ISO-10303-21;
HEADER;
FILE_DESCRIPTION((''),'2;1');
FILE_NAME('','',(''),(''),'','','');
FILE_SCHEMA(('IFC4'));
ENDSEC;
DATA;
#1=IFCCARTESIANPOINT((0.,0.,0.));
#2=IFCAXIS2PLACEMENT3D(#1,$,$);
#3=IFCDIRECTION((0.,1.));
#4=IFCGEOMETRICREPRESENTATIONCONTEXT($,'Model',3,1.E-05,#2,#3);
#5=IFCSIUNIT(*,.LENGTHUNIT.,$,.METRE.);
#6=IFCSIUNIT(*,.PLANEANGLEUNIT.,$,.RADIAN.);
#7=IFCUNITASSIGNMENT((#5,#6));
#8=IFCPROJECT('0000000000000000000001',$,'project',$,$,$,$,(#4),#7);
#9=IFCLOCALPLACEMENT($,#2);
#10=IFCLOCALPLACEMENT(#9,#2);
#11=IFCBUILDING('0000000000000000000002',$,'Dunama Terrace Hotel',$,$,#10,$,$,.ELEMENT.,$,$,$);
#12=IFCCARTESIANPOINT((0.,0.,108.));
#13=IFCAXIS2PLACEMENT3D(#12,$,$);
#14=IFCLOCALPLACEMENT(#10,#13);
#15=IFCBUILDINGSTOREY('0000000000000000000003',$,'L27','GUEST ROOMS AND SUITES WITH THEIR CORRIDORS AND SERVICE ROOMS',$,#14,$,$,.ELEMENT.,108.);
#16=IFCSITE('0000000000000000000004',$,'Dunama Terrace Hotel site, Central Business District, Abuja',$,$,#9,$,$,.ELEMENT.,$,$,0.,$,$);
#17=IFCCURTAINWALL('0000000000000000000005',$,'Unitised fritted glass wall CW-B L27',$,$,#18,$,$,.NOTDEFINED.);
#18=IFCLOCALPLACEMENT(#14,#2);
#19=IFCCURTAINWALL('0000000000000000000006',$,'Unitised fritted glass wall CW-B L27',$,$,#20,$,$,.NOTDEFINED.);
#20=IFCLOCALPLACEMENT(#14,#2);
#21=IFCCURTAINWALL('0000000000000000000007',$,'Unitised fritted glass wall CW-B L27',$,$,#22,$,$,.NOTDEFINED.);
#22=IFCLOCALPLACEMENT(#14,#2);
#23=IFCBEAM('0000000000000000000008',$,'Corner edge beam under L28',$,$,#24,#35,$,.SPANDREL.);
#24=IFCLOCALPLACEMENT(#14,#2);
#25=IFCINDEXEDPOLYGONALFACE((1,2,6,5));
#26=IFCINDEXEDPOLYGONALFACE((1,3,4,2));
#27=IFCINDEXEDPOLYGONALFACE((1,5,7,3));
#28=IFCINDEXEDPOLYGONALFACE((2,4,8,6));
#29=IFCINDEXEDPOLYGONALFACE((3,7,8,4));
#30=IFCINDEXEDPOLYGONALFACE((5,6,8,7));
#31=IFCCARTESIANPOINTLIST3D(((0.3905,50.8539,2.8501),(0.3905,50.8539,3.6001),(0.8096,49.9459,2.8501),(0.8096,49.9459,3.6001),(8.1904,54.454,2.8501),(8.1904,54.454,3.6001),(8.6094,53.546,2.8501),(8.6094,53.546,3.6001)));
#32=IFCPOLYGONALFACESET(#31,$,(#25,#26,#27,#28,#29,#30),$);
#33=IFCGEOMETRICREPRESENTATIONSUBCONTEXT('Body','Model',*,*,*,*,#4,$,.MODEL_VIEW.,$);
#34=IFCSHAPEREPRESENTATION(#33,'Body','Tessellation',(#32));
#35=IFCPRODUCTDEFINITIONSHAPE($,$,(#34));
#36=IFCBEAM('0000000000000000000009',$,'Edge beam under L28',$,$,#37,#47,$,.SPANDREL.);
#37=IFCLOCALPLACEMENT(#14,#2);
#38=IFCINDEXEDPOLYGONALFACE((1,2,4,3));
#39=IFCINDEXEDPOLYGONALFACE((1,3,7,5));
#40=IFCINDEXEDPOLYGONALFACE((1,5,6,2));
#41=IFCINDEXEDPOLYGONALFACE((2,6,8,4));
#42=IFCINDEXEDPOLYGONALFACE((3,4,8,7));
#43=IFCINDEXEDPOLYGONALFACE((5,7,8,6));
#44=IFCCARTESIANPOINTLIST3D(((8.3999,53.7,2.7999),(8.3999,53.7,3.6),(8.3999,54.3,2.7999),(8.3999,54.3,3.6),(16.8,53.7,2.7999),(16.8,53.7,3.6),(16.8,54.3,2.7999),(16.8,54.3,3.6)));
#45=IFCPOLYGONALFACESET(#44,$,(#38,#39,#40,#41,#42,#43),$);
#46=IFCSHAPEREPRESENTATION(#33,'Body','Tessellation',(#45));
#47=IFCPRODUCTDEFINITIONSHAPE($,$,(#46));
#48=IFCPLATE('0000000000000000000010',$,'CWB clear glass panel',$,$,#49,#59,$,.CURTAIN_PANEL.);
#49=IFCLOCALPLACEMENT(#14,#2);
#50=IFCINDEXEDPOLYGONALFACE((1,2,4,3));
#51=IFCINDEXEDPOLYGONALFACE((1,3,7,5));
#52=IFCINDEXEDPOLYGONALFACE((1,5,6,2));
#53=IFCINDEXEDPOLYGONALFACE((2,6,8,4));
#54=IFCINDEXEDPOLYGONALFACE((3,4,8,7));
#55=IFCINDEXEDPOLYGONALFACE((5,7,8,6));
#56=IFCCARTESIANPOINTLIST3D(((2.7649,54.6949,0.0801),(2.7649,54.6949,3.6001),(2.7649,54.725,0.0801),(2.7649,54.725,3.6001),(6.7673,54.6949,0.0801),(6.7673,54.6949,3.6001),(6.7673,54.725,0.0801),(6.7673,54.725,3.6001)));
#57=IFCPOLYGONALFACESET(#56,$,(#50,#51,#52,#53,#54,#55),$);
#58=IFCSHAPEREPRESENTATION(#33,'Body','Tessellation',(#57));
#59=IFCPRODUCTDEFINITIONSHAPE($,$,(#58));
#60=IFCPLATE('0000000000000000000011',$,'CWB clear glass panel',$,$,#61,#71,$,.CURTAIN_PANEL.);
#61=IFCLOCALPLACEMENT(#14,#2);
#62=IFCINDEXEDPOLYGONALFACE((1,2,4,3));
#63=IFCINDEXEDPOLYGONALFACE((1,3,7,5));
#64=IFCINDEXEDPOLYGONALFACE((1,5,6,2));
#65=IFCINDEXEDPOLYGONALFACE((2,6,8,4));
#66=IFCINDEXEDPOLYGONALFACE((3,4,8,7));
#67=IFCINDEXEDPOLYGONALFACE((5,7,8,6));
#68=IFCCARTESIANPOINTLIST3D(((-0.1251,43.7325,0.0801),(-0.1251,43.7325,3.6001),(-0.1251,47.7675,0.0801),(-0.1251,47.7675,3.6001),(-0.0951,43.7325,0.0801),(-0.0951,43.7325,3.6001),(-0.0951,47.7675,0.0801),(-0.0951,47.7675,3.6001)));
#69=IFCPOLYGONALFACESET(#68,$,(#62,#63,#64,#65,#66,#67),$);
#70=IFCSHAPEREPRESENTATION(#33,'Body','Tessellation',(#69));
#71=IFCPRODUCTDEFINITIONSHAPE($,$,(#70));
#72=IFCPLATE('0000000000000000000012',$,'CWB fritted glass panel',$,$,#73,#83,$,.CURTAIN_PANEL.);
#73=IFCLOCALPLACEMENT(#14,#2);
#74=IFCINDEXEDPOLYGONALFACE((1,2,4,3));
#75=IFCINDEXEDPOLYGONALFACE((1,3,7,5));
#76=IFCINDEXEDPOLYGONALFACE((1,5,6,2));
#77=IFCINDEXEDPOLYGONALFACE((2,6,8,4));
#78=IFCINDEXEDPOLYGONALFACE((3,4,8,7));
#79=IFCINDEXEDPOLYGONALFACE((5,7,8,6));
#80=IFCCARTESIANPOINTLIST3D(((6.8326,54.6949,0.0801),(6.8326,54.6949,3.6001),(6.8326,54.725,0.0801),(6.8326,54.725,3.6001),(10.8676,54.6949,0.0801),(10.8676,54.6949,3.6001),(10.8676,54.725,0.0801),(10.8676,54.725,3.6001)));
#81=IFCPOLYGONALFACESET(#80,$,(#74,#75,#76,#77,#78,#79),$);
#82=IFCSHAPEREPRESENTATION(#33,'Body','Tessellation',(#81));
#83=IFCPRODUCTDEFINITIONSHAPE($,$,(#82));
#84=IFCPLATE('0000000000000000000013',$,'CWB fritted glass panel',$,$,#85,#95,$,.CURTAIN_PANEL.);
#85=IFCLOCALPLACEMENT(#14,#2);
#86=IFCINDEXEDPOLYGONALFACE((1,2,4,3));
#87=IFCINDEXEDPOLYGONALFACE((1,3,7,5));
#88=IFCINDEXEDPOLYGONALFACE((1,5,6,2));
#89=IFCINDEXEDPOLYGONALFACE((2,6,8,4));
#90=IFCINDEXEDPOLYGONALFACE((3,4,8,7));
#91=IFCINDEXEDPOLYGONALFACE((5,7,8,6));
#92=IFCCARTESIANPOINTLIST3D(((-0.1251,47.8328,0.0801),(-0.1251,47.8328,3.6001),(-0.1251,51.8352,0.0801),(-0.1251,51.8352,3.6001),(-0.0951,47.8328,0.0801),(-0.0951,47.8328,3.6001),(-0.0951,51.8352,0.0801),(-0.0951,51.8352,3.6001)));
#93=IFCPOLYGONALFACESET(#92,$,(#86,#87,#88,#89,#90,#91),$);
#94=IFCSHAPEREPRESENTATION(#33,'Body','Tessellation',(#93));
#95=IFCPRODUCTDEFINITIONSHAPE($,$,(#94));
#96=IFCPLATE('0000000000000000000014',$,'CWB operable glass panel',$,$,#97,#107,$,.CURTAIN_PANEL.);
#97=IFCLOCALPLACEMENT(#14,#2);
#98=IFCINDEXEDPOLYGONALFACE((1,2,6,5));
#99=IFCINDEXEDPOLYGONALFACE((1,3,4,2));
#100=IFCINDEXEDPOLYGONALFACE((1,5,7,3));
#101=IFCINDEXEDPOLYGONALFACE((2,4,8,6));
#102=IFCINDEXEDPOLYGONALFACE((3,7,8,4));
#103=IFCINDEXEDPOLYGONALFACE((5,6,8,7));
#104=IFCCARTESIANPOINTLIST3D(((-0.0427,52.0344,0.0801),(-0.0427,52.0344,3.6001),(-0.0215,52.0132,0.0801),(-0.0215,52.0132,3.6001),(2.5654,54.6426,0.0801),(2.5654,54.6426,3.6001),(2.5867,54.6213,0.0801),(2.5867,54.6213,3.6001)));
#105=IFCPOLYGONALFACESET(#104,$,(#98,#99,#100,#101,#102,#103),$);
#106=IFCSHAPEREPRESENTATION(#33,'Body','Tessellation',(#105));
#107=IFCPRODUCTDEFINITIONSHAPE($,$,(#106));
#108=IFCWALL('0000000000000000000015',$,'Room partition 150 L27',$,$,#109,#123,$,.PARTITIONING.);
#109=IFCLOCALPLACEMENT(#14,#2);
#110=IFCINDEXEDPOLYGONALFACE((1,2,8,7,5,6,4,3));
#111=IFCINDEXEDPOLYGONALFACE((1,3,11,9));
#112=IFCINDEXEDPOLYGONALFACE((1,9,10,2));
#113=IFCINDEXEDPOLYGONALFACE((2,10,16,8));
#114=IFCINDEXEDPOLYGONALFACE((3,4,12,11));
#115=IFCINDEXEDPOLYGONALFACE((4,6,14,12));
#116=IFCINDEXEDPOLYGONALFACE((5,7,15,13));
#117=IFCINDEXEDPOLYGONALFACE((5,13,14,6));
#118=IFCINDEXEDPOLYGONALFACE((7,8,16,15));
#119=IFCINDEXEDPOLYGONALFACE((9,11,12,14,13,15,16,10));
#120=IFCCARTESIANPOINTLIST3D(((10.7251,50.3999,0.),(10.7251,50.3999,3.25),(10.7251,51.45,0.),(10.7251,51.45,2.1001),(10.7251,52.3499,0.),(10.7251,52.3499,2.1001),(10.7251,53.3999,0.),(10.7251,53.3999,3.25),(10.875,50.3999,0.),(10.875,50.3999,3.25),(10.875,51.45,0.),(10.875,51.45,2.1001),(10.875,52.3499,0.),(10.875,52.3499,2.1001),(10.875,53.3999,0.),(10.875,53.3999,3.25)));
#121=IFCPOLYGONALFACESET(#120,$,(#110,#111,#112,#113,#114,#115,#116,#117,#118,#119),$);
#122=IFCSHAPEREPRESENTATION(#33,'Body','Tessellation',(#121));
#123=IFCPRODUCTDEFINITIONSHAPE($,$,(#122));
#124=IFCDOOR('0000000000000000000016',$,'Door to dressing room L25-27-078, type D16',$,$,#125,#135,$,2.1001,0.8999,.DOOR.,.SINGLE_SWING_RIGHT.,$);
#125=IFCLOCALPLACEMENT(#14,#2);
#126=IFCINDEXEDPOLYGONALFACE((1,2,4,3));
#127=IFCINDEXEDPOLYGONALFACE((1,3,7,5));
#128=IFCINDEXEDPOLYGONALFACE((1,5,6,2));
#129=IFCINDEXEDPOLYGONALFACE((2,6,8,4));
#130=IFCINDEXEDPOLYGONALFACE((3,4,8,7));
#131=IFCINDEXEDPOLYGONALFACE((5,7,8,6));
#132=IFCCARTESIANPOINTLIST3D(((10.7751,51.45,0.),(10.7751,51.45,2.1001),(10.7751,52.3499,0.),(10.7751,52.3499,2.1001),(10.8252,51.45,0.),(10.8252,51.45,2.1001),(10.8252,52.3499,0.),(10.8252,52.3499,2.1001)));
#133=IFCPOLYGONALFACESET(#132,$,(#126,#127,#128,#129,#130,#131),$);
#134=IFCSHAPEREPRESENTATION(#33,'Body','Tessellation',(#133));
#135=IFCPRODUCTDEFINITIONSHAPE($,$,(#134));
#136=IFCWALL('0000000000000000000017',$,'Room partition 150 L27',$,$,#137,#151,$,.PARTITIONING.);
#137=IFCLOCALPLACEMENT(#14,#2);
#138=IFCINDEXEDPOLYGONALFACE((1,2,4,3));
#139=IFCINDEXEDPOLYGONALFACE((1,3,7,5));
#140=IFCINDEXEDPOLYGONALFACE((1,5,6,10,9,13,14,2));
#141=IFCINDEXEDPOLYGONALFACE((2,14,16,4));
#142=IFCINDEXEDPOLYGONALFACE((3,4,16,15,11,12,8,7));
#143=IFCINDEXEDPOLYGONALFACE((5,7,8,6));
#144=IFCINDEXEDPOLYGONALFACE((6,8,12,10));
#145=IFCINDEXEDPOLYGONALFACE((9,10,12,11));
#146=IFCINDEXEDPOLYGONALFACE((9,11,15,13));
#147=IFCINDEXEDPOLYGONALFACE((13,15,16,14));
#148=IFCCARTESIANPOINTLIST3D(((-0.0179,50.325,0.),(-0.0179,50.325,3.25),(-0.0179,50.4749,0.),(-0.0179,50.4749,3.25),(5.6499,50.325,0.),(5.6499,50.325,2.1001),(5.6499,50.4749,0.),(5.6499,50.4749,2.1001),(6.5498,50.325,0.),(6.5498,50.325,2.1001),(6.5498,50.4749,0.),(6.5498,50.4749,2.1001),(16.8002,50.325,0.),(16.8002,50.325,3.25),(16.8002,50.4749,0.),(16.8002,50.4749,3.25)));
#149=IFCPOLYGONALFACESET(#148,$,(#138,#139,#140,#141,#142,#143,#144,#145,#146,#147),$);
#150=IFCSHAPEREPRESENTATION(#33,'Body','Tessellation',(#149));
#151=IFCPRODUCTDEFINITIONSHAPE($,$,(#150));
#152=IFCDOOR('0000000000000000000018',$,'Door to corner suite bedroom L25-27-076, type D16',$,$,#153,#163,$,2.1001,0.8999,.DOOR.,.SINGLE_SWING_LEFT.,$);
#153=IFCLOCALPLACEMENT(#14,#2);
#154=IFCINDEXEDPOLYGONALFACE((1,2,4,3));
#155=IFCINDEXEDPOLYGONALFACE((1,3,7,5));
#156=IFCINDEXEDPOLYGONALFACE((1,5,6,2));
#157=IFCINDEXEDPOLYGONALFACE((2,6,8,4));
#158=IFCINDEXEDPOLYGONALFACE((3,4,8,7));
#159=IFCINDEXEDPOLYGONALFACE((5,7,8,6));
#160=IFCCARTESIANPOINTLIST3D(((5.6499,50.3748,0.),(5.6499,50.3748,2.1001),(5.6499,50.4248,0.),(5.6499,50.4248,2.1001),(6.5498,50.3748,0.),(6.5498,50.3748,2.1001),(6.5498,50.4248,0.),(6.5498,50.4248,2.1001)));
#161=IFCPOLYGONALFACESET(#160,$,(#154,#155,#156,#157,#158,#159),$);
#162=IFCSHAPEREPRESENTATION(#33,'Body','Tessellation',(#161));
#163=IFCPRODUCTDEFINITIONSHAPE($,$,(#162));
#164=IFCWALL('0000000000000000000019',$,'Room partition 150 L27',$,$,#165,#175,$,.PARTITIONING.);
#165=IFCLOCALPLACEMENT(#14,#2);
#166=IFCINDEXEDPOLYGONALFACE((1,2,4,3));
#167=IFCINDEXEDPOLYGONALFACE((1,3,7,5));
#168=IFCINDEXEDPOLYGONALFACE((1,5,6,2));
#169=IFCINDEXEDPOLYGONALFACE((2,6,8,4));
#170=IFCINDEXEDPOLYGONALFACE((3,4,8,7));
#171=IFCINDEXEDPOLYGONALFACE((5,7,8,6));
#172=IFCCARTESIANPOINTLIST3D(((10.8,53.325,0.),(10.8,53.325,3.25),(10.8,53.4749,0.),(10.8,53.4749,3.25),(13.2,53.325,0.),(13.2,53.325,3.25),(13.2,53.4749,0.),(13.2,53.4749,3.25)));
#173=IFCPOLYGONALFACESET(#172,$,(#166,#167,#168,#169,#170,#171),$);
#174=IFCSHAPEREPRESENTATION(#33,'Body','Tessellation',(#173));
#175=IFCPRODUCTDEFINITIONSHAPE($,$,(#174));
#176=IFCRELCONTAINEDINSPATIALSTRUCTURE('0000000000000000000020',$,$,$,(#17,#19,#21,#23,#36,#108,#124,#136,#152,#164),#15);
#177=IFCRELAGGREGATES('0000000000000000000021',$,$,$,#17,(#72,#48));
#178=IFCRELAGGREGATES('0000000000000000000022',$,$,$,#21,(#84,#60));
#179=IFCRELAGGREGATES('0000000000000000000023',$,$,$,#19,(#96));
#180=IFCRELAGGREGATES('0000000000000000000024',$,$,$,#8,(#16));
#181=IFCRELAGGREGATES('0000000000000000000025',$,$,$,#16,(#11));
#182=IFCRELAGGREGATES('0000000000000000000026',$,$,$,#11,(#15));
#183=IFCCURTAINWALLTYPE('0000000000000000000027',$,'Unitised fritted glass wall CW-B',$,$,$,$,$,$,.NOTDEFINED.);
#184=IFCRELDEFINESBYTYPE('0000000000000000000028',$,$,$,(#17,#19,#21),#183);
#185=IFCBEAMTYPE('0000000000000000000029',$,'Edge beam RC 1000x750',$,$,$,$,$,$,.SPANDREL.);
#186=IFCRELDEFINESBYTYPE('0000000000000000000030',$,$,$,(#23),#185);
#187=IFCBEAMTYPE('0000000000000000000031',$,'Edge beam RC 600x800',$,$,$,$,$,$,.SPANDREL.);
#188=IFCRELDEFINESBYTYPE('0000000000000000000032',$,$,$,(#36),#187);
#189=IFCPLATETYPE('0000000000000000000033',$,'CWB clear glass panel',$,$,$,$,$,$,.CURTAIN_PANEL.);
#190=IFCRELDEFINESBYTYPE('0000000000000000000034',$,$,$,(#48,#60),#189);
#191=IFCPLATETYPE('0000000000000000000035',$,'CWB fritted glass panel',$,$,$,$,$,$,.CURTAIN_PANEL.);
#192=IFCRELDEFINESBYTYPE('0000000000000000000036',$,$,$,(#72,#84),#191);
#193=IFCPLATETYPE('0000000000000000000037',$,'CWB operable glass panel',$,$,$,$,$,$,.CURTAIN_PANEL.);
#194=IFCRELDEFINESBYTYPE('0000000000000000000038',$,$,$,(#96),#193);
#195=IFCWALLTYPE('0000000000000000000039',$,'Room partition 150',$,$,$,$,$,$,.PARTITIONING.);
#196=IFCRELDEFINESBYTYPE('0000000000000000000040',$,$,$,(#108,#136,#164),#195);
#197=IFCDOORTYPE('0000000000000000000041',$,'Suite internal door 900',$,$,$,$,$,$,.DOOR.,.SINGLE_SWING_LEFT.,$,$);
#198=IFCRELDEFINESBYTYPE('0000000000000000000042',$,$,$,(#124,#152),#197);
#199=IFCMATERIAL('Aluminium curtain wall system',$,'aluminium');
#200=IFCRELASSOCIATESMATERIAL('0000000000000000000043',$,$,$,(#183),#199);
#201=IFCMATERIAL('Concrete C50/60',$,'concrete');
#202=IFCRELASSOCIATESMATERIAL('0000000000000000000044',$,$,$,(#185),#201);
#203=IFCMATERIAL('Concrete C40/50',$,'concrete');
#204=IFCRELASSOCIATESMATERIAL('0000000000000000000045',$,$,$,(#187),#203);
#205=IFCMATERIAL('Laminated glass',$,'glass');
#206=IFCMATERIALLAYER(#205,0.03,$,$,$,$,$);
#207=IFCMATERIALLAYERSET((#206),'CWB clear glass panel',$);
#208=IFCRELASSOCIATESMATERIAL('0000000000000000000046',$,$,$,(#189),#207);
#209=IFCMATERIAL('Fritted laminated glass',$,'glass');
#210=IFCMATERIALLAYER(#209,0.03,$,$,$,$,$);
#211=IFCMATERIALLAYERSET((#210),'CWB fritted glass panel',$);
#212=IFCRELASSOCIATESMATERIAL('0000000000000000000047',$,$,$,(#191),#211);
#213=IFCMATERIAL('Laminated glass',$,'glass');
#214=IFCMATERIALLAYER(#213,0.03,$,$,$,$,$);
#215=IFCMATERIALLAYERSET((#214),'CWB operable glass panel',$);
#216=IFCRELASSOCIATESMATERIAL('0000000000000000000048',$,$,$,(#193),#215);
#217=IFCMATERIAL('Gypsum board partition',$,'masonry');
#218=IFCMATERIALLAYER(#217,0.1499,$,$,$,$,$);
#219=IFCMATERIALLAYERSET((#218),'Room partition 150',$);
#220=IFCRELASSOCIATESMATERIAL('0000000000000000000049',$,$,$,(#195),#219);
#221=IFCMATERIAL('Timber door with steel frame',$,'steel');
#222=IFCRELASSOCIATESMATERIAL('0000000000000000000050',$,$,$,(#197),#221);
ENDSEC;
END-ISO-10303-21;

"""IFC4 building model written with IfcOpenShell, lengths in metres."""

from ifc_helpers import new_model, si_unit, direction, frame, frame_2d, origin, origin_2d, place, context, subcontext, project, spatial, rectangle, extrude, material, layer, layer_set, material_profile, profile_set, type_object, element, fill, aggregate, save


model = new_model("IFC4")

# Units and contexts
model_context = context("Model", 3, precision=1e-05, world=origin(), true_north=direction((0.0, 1.0)))
body_context = subcontext(model_context, "Body", "Model", "MODEL_VIEW")
ifc_project = project(units=[si_unit("LENGTHUNIT", "METRE"), si_unit("PLANEANGLEUNIT", "RADIAN")], contexts=[model_context])

# Site, building, storey
site_placement = place(None, origin())
site = spatial("IfcSite", under=ifc_project, at=site_placement, Name="Dunama Terrace Hotel site, Central Business District, Abuja", CompositionType="ELEMENT", RefElevation=0.0)
building_placement = place(site_placement, origin())
building = spatial("IfcBuilding", under=site, at=building_placement, Name="Dunama Terrace Hotel", CompositionType="ELEMENT")
storey_placement = place(building_placement, frame((0.0, 0.0, 108.0)))
storey = spatial("IfcBuildingStorey", under=building, at=storey_placement, Name="L27", Description="GUEST ROOMS AND SUITES WITH THEIR CORRIDORS AND SERVICE ROOMS", CompositionType="ELEMENT", Elevation=108.0)

# Curtain walls
ifc_material_1 = material(Name="Aluminium curtain wall system", Category="aluminium")
curtain_wall_type = type_object("IfcCurtainWallType", Name="Unitised fritted glass wall CW-B", PredefinedType="NOTDEFINED", material=ifc_material_1)
curtain_wall_1_placement = place(storey_placement, origin())
curtain_wall_1 = element("IfcCurtainWall", 1, at=curtain_wall_1_placement, inside=storey, type_object=curtain_wall_type, Name="Unitised fritted glass wall CW-B L27", PredefinedType="NOTDEFINED")
curtain_wall_2_placement = place(storey_placement, origin())
curtain_wall_2 = element("IfcCurtainWall", 2, at=curtain_wall_2_placement, inside=storey, type_object=curtain_wall_type, Name="Unitised fritted glass wall CW-B L27", PredefinedType="NOTDEFINED")
curtain_wall_3_placement = place(storey_placement, origin())
curtain_wall_3 = element("IfcCurtainWall", 3, at=curtain_wall_3_placement, inside=storey, type_object=curtain_wall_type, Name="Unitised fritted glass wall CW-B L27", PredefinedType="NOTDEFINED")

# Beams
ifc_material_2 = material(Name="Concrete C50/60", Category="concrete")
ifc_material_profile_1 = material_profile(ifc_material_2, rectangle(XDim=1.0, YDim=0.75, at=origin_2d()), Name="RC 1000x750")
ifc_profile_set_1 = profile_set([ifc_material_profile_1], Name="Concrete C50/60")
beam_type_1 = type_object("IfcBeamType", Name="Edge beam RC 1000x750", PredefinedType="SPANDREL", material=ifc_profile_set_1)
beam_1_placement = place(storey_placement, frame((8.3999, 54.0, 3.2251), z_axis=(-0.907951, -0.419076, 0.0), x_axis=(0.419076, -0.907951, 0.0)))
element("IfcBeam", 4, at=beam_1_placement, inside=storey, type_object=beam_type_1, Name="Corner edge beam under L28", PredefinedType="SPANDREL", context=body_context, shape_type="SweptSolid", body=[
    extrude(rectangle(XDim=1.0, YDim=0.75, at=origin_2d()), origin(), (0.0, 0.0, 1.0), 8.5906),
])
ifc_material_3 = material(Name="Concrete C40/50", Category="concrete")
ifc_material_profile_2 = material_profile(ifc_material_3, rectangle(XDim=0.6001, YDim=0.8, at=origin_2d()), Name="RC 600x800")
ifc_profile_set_2 = profile_set([ifc_material_profile_2], Name="Concrete C40/50")
beam_type_2 = type_object("IfcBeamType", Name="Edge beam RC 600x800", PredefinedType="SPANDREL", material=ifc_profile_set_2)
beam_2_placement = place(storey_placement, frame((8.3999, 54.0, 3.2), z_axis=(1.0, 0.0, 0.0), x_axis=(0.0, 1.0, 0.0)))
element("IfcBeam", 5, at=beam_2_placement, inside=storey, type_object=beam_type_2, Name="Edge beam under L28", PredefinedType="SPANDREL", context=body_context, shape_type="SweptSolid", body=[
    extrude(rectangle(XDim=0.6001, YDim=0.8, at=origin_2d()), origin(), (0.0, 0.0, 1.0), 8.4001),
])

# Plates
ifc_material_4 = material(Name="Laminated glass", Category="glass")
ifc_layer_1 = layer(ifc_material_4, 0.03)
ifc_layer_set_1 = layer_set([ifc_layer_1], Name="CWB clear glass panel")
plate_type_1 = type_object("IfcPlateType", Name="CWB clear glass panel", PredefinedType="CURTAIN_PANEL", material=ifc_layer_set_1)
plate_1_placement = place(storey_placement, frame((4.7661, 54.71, 0.0801), z_axis=(0.0, 0.0, 1.0), x_axis=(-1.0, 0.0, 0.0)))
plate_1 = element("IfcPlate", 6, at=plate_1_placement, type_object=plate_type_1, Name="CWB clear glass panel", PredefinedType="CURTAIN_PANEL", context=body_context, shape_type="SweptSolid", body=[
    extrude(rectangle(XDim=4.0024, YDim=0.03, at=origin_2d()), origin(), (0.0, 0.0, 1.0), 3.52),
])
plate_2_placement = place(storey_placement, frame((-0.1101, 45.75, 0.0801), z_axis=(0.0, 0.0, 1.0), x_axis=(0.0, -1.0, 0.0)))
plate_2 = element("IfcPlate", 7, at=plate_2_placement, type_object=plate_type_1, Name="CWB clear glass panel", PredefinedType="CURTAIN_PANEL", context=body_context, shape_type="SweptSolid", body=[
    extrude(rectangle(XDim=4.0349, YDim=0.03, at=origin_2d()), origin(), (0.0, 0.0, 1.0), 3.52),
])
ifc_material_5 = material(Name="Fritted laminated glass", Category="glass")
ifc_layer_2 = layer(ifc_material_5, 0.03)
ifc_layer_set_2 = layer_set([ifc_layer_2], Name="CWB fritted glass panel")
plate_type_2 = type_object("IfcPlateType", Name="CWB fritted glass panel", PredefinedType="CURTAIN_PANEL", material=ifc_layer_set_2)
plate_3_placement = place(storey_placement, frame((8.8501, 54.71, 0.0801), z_axis=(0.0, 0.0, 1.0), x_axis=(-1.0, 0.0, 0.0)))
plate_3 = element("IfcPlate", 8, at=plate_3_placement, type_object=plate_type_2, Name="CWB fritted glass panel", PredefinedType="CURTAIN_PANEL", context=body_context, shape_type="SweptSolid", body=[
    extrude(rectangle(XDim=4.0349, YDim=0.03, at=origin_2d()), origin(), (0.0, 0.0, 1.0), 3.52),
])
aggregate(curtain_wall_1, [plate_3, plate_1])
plate_4_placement = place(storey_placement, frame((-0.1101, 49.834, 0.0801), z_axis=(0.0, 0.0, 1.0), x_axis=(0.0, -1.0, 0.0)))
plate_4 = element("IfcPlate", 9, at=plate_4_placement, type_object=plate_type_2, Name="CWB fritted glass panel", PredefinedType="CURTAIN_PANEL", context=body_context, shape_type="SweptSolid", body=[
    extrude(rectangle(XDim=4.0024, YDim=0.03, at=origin_2d()), origin(), (0.0, 0.0, 1.0), 3.52),
])
aggregate(curtain_wall_3, [plate_4, plate_2])
ifc_material_6 = material(Name="Laminated glass", Category="glass")
ifc_layer_3 = layer(ifc_material_6, 0.03)
ifc_layer_set_3 = layer_set([ifc_layer_3], Name="CWB operable glass panel")
plate_type_3 = type_object("IfcPlateType", Name="CWB operable glass panel", PredefinedType="CURTAIN_PANEL", material=ifc_layer_set_3)
plate_5_placement = place(storey_placement, frame((1.272, 53.3279, 0.0801), z_axis=(0.0, 0.0, 1.0), x_axis=(-0.707107, -0.707107, 0.0)))
plate_5 = element("IfcPlate", 10, at=plate_5_placement, type_object=plate_type_3, Name="CWB operable glass panel", PredefinedType="CURTAIN_PANEL", context=body_context, shape_type="SweptSolid", body=[
    extrude(rectangle(XDim=3.6885, YDim=0.03, at=origin_2d()), origin(), (0.0, 0.0, 1.0), 3.52),
])
aggregate(curtain_wall_2, [plate_5])

# Walls, openings, doors
ifc_material_7 = material(Name="Gypsum board partition", Category="masonry")
ifc_layer_4 = layer(ifc_material_7, 0.1499)
ifc_layer_set_4 = layer_set([ifc_layer_4], Name="Room partition 150")
wall_type = type_object("IfcWallType", Name="Room partition 150", PredefinedType="PARTITIONING", material=ifc_layer_set_4)
wall_1_placement = place(storey_placement, frame((10.8, 50.3999, 0.0), z_axis=(0.0, 0.0, 1.0), x_axis=(0.0, 1.0, 0.0)))
wall_1 = element("IfcWall", 11, at=wall_1_placement, inside=storey, type_object=wall_type, Name="Room partition 150 L27", PredefinedType="PARTITIONING", context=body_context, shape_type="SweptSolid", body=[
    extrude(rectangle(XDim=3.0, YDim=0.1499, at=frame_2d((1.5, 0.0))), origin(), (0.0, 0.0, 1.0), 3.25),
])
opening_1_placement = place(wall_1_placement, frame((1.05, 0.0, 0.0)))
opening_1 = element("IfcOpeningElement", 12, at=opening_1_placement, cuts=wall_1, PredefinedType="OPENING", context=body_context, shape_type="SweptSolid", body=[
    extrude(rectangle(XDim=0.8999, YDim=2.1001, at=frame_2d((0.45, 1.05))), frame((0.0, 0.085, 0.0), z_axis=(0.0, -1.0, 0.0), x_axis=(1.0, 0.0, 0.0)), (0.0, 0.0, 1.0), 0.1699),
])
ifc_material_8 = material(Name="Timber door with steel frame", Category="steel")
door_type = type_object("IfcDoorType", Name="Suite internal door 900", OperationType="SINGLE_SWING_LEFT", PredefinedType="DOOR", material=ifc_material_8)
door_1_placement = place(opening_1_placement, frame((0.8999, 0.0, 0.0), z_axis=(0.0, 0.0, 1.0), x_axis=(-1.0, 0.0, 0.0)))
door_1 = element("IfcDoor", 13, at=door_1_placement, inside=storey, type_object=door_type, Name="Door to dressing room L25-27-078, type D16", OperationType="SINGLE_SWING_RIGHT", OverallHeight=2.1001, OverallWidth=0.8999, PredefinedType="DOOR", context=body_context, shape_type="SweptSolid", body=[
    extrude(rectangle(XDim=0.8999, YDim=2.1001, at=frame_2d((0.45, 1.05))), frame((0.0, 0.0251, 0.0), z_axis=(0.0, -1.0, 0.0), x_axis=(1.0, 0.0, 0.0)), (0.0, 0.0, 1.0), 0.05),
])
fill(opening_1, door_1)
wall_2_placement = place(storey_placement, frame((-0.0181, 50.3999, 0.0), z_axis=(0.0, 0.0, 1.0), x_axis=(1.0, 0.0, 0.0)))
wall_2 = element("IfcWall", 14, at=wall_2_placement, inside=storey, type_object=wall_type, Name="Room partition 150 L27", PredefinedType="PARTITIONING", context=body_context, shape_type="SweptSolid", body=[
    extrude(rectangle(XDim=16.8181, YDim=0.1499, at=frame_2d((8.4092, 0.0))), origin(), (0.0, 0.0, 1.0), 3.25),
])
opening_2_placement = place(wall_2_placement, frame((5.668, 0.0, 0.0)))
opening_2 = element("IfcOpeningElement", 15, at=opening_2_placement, cuts=wall_2, PredefinedType="OPENING", context=body_context, shape_type="SweptSolid", body=[
    extrude(rectangle(XDim=0.8999, YDim=2.1001, at=frame_2d((0.45, 1.05))), frame((0.0, 0.085, 0.0), z_axis=(0.0, -1.0, 0.0), x_axis=(1.0, 0.0, 0.0)), (0.0, 0.0, 1.0), 0.1699),
])
door_2_placement = place(opening_2_placement, origin())
door_2 = element("IfcDoor", 16, at=door_2_placement, inside=storey, type_object=door_type, Name="Door to corner suite bedroom L25-27-076, type D16", OperationType="SINGLE_SWING_LEFT", OverallHeight=2.1001, OverallWidth=0.8999, PredefinedType="DOOR", context=body_context, shape_type="SweptSolid", body=[
    extrude(rectangle(XDim=0.8999, YDim=2.1001, at=frame_2d((0.45, 1.05))), frame((0.0, 0.0249, 0.0), z_axis=(0.0, -1.0, 0.0), x_axis=(1.0, 0.0, 0.0)), (0.0, 0.0, 1.0), 0.05),
])
fill(opening_2, door_2)

# Wall
wall_3_placement = place(storey_placement, frame((10.8, 53.3999, 0.0), z_axis=(0.0, 0.0, 1.0), x_axis=(1.0, 0.0, 0.0)))
element("IfcWall", 17, at=wall_3_placement, inside=storey, type_object=wall_type, Name="Room partition 150 L27", PredefinedType="PARTITIONING", context=body_context, shape_type="SweptSolid", body=[
    extrude(rectangle(XDim=2.3999, YDim=0.1499, at=frame_2d((1.2, 0.0))), origin(), (0.0, 0.0, 1.0), 3.25),
])

save(model, "model.ifc")
